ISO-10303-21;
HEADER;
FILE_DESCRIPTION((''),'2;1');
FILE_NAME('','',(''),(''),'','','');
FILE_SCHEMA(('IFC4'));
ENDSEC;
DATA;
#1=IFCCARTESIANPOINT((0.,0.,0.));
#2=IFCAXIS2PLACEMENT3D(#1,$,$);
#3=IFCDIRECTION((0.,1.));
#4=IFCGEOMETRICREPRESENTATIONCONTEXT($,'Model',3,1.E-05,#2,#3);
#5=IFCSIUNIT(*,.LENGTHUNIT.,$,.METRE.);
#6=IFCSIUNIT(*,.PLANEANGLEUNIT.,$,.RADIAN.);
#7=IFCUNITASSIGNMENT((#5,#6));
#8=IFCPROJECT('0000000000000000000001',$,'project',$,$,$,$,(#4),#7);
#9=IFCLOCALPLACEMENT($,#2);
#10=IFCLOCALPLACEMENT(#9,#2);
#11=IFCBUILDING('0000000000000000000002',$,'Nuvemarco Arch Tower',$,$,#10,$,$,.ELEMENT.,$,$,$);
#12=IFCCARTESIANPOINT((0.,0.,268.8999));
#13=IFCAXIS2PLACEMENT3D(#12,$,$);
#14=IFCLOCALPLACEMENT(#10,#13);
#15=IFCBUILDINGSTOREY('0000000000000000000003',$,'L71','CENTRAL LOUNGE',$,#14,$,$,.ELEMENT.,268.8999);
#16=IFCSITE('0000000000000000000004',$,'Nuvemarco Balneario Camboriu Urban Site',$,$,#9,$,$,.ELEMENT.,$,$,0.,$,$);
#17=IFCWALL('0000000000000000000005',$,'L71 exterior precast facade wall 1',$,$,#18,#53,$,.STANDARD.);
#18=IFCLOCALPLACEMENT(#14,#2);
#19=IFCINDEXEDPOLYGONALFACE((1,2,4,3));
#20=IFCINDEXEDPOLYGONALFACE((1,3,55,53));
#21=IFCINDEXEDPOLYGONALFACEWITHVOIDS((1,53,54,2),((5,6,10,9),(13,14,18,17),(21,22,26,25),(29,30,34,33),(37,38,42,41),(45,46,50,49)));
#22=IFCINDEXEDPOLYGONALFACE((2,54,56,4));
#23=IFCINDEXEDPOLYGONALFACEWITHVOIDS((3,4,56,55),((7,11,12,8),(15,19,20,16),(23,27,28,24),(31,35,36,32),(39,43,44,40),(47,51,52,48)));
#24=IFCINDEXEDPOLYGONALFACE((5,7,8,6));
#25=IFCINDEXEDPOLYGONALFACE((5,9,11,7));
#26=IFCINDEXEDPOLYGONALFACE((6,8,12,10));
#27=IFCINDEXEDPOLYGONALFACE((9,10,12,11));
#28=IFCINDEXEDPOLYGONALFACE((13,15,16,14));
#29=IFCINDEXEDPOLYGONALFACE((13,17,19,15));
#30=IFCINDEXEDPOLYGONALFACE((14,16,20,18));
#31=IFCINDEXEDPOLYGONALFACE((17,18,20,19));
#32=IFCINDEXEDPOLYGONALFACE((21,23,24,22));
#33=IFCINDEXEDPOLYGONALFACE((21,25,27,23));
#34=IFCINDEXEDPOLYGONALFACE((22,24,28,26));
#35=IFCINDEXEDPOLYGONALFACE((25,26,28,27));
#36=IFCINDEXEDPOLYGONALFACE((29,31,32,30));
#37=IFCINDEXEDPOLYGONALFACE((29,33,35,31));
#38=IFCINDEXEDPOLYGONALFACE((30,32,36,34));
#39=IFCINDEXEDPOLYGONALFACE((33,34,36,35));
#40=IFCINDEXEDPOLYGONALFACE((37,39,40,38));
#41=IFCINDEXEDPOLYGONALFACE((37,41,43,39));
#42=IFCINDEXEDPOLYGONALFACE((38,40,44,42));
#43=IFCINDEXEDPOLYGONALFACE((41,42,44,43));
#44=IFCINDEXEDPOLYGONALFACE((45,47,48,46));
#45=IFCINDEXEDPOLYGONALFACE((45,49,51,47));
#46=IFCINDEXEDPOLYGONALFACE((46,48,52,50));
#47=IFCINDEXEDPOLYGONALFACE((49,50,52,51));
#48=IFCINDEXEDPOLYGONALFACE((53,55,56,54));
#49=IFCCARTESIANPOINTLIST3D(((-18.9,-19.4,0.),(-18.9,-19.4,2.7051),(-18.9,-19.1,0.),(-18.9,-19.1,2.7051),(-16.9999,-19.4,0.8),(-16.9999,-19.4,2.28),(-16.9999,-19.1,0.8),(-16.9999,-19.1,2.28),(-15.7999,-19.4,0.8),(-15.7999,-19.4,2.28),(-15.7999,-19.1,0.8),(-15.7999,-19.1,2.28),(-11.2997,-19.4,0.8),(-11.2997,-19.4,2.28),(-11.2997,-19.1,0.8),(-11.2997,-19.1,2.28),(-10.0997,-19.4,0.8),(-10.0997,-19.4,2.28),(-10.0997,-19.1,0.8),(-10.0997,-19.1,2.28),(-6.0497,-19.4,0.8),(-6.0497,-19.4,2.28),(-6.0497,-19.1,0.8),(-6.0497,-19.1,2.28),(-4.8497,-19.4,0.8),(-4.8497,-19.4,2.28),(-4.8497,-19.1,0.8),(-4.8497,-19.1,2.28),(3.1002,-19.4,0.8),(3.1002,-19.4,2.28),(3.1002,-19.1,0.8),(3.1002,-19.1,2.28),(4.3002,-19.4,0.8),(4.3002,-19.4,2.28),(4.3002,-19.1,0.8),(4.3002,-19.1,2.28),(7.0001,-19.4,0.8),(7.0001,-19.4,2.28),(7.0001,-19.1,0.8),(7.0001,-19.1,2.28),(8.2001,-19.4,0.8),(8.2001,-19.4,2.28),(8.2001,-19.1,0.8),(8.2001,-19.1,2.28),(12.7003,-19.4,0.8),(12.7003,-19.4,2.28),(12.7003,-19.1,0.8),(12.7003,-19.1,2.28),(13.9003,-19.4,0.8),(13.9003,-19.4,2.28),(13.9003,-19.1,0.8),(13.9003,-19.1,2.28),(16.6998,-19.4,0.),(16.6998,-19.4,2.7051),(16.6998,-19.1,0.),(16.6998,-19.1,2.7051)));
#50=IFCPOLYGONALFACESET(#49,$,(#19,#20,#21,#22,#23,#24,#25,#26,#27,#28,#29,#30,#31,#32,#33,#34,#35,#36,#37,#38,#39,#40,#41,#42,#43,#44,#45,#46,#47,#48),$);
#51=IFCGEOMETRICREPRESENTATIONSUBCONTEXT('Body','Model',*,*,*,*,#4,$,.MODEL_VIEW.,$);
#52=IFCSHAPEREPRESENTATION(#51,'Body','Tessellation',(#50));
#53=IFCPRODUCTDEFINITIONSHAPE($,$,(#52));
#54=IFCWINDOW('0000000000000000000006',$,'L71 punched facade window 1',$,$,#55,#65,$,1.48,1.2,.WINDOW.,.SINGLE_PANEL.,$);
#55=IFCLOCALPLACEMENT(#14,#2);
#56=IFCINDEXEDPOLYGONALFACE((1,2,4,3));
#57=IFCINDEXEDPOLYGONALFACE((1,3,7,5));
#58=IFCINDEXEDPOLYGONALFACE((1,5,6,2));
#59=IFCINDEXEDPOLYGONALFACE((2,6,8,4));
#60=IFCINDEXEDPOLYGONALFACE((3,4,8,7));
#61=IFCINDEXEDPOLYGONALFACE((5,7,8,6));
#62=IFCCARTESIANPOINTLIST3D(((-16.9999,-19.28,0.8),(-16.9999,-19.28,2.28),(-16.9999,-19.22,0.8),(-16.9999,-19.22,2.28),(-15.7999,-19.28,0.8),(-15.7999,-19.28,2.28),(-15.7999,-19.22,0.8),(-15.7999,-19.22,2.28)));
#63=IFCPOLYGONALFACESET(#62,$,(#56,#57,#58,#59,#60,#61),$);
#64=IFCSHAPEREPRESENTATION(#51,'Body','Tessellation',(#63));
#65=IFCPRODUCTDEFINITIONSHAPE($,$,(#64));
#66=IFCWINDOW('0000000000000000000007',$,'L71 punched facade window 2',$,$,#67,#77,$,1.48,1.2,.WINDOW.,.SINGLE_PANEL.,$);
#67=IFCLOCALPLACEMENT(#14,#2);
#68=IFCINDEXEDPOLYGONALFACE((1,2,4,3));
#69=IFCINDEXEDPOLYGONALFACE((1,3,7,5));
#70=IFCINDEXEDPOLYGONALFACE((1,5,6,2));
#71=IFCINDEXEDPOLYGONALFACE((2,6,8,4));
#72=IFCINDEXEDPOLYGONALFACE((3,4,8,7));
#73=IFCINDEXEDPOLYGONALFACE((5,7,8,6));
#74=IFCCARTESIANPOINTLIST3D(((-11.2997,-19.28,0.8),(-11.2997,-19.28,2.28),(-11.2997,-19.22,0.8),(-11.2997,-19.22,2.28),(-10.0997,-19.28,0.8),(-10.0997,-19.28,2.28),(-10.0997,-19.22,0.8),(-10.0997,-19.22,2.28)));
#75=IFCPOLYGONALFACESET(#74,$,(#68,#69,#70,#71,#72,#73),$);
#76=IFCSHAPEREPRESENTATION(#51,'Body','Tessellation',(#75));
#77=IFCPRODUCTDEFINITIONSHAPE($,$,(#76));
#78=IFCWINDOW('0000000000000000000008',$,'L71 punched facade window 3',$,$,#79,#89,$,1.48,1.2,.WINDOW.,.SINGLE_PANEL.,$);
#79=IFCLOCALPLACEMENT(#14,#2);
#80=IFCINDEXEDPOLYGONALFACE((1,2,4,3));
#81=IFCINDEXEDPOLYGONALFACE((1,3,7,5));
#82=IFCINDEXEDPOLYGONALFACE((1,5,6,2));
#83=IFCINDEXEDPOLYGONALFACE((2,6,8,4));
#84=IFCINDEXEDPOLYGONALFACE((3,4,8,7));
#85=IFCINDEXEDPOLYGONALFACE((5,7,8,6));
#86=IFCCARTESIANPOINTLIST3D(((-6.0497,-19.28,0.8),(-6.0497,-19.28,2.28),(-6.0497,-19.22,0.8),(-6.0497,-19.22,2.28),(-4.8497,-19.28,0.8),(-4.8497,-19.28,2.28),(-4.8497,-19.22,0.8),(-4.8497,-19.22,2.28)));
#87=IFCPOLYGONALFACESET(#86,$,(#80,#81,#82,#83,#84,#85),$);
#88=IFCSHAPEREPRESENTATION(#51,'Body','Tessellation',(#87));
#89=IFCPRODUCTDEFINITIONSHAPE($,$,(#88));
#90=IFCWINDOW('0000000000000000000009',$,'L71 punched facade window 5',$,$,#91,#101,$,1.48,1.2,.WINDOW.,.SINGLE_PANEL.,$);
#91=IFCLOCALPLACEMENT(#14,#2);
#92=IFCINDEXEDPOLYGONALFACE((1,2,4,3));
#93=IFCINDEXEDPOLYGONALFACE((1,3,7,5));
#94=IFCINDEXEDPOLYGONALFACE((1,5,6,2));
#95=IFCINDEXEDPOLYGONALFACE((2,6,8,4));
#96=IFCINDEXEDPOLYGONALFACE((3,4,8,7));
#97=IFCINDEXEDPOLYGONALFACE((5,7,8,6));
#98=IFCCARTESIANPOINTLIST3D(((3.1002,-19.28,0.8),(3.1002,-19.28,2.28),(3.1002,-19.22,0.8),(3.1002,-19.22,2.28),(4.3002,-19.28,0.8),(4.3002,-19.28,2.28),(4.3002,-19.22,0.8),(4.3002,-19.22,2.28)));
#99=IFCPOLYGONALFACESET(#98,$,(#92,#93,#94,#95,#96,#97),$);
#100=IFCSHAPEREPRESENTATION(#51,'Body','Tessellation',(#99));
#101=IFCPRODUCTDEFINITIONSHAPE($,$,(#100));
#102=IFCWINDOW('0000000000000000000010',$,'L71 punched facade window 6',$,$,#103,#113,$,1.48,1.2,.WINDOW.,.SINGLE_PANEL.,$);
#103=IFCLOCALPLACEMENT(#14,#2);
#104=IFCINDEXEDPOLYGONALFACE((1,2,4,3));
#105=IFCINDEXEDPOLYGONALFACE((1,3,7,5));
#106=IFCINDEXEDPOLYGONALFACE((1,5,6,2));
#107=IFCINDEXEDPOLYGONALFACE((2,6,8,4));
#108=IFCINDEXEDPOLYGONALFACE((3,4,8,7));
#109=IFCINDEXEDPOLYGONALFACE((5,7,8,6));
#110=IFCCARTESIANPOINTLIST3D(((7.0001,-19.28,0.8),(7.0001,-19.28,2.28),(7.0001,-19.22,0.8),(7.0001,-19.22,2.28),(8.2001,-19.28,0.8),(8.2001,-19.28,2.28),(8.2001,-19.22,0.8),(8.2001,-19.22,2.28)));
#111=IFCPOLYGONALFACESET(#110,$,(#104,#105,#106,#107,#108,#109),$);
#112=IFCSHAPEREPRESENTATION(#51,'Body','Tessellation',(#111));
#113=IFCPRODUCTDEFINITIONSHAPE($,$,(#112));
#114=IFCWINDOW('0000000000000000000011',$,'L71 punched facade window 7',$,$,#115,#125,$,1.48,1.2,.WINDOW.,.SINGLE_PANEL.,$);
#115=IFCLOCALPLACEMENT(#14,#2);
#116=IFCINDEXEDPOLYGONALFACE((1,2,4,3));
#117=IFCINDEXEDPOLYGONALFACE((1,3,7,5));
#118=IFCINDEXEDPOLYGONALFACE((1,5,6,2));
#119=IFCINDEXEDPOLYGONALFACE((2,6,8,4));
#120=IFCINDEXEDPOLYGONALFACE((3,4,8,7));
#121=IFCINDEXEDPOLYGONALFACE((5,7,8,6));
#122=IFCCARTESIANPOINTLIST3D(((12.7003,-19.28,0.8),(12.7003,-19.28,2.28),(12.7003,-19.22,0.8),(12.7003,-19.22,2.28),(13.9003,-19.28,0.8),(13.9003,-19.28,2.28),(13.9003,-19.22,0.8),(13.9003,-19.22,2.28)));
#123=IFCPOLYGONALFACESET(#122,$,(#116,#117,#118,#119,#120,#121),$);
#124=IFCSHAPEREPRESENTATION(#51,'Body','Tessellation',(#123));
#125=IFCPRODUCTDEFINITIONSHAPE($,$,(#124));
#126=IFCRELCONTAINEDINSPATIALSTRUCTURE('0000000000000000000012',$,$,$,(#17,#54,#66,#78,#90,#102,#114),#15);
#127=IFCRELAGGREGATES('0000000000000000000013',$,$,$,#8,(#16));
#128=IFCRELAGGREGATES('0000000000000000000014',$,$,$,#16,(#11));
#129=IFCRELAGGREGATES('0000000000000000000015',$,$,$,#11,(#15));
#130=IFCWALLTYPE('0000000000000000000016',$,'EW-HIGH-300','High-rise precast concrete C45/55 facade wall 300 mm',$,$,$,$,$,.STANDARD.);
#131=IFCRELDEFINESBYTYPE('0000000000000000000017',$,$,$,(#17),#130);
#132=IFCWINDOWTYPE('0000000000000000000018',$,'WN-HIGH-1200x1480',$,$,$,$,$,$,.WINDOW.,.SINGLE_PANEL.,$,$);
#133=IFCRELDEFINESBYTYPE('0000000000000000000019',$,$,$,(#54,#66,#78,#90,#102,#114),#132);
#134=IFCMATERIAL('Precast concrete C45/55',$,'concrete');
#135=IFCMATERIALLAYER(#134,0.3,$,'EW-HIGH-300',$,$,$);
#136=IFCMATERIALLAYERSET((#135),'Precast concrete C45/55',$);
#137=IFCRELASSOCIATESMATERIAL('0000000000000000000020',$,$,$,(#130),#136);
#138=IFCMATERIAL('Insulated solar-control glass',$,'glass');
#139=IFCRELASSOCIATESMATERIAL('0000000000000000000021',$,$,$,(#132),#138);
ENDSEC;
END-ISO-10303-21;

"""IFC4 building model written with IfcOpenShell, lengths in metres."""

from ifc_helpers import new_model, si_unit, direction, frame, frame_2d, origin, place, context, subcontext, project, spatial, rectangle, extrude, source, transform, mapped, material, layer, layer_set, type_object, type_shapes, element, fill, save


model = new_model("IFC4")

# Units and contexts
model_context = context("Model", 3, precision=1e-05, world=origin(), true_north=direction((0.0, 1.0)))
body_context = subcontext(model_context, "Body", "Model", "MODEL_VIEW")
ifc_project = project(units=[si_unit("LENGTHUNIT", "METRE"), si_unit("PLANEANGLEUNIT", "RADIAN")], contexts=[model_context])

# Site, building, storey
site_placement = place(None, origin())
site = spatial("IfcSite", under=ifc_project, at=site_placement, Name="Nuvemarco Balneario Camboriu Urban Site", CompositionType="ELEMENT", RefElevation=0.0)
building_placement = place(site_placement, origin())
building = spatial("IfcBuilding", under=site, at=building_placement, Name="Nuvemarco Arch Tower", CompositionType="ELEMENT")
storey_placement = place(building_placement, frame((0.0, 0.0, 268.8999)))
storey = spatial("IfcBuildingStorey", under=building, at=storey_placement, Name="L71", Description="CENTRAL LOUNGE", CompositionType="ELEMENT", Elevation=268.8999)

# Shared definitions
ifc_material_1 = material(Name="Precast concrete C45/55", Category="concrete")

# Wall, openings, windows
ifc_layer = layer(ifc_material_1, 0.3, Name="EW-HIGH-300")
ifc_layer_set = layer_set([ifc_layer], Name="Precast concrete C45/55")
wall_type = type_object("IfcWallType", Name="EW-HIGH-300", Description="High-rise precast concrete C45/55 facade wall 300 mm", PredefinedType="STANDARD", material=ifc_layer_set)
wall_1_placement = place(storey_placement, frame((-18.8999, -19.25, 0.0), z_axis=(0.0, 0.0, 1.0), x_axis=(1.0, 0.0, 0.0)))
wall_1 = element("IfcWall", 1, at=wall_1_placement, inside=storey, type_object=wall_type, Name="L71 exterior precast facade wall 1", PredefinedType="STANDARD", context=body_context, shape_type="SweptSolid", body=[
    extrude(rectangle(XDim=35.5999, YDim=0.3, at=frame_2d((17.7998, 0.0))), origin(), (0.0, 0.0, 1.0), 2.7051),
])
opening_1_placement = place(wall_1_placement, frame((1.8999, 0.0, 0.8)))
opening_1 = element("IfcOpeningElement", 2, at=opening_1_placement, cuts=wall_1, PredefinedType="OPENING", context=body_context, shape_type="SweptSolid", body=[
    extrude(rectangle(XDim=1.2, YDim=1.48, at=frame_2d((0.6001, 0.74))), frame((0.0, 0.1599, 0.0), z_axis=(0.0, -1.0, 0.0), x_axis=(1.0, 0.0, 0.0)), (0.0, 0.0, 1.0), 0.3201),
])
opening_2_placement = place(wall_1_placement, frame((7.6001, 0.0, 0.8)))
opening_2 = element("IfcOpeningElement", 3, at=opening_2_placement, cuts=wall_1, PredefinedType="OPENING", context=body_context, shape_type="SweptSolid", body=[
    extrude(rectangle(XDim=1.2, YDim=1.48, at=frame_2d((0.6001, 0.74))), frame((0.0, 0.1599, 0.0), z_axis=(0.0, -1.0, 0.0), x_axis=(1.0, 0.0, 0.0)), (0.0, 0.0, 1.0), 0.3201),
])
opening_3_placement = place(wall_1_placement, frame((12.8501, 0.0, 0.8)))
opening_3 = element("IfcOpeningElement", 4, at=opening_3_placement, cuts=wall_1, PredefinedType="OPENING", context=body_context, shape_type="SweptSolid", body=[
    extrude(rectangle(XDim=1.2, YDim=1.48, at=frame_2d((0.6001, 0.74))), frame((0.0, 0.1599, 0.0), z_axis=(0.0, -1.0, 0.0), x_axis=(1.0, 0.0, 0.0)), (0.0, 0.0, 1.0), 0.3201),
])
opening_4_placement = place(wall_1_placement, frame((22.0, 0.0, 0.8)))
opening_4 = element("IfcOpeningElement", 5, at=opening_4_placement, cuts=wall_1, PredefinedType="OPENING", context=body_context, shape_type="SweptSolid", body=[
    extrude(rectangle(XDim=1.2, YDim=1.48, at=frame_2d((0.6001, 0.74))), frame((0.0, 0.1599, 0.0), z_axis=(0.0, -1.0, 0.0), x_axis=(1.0, 0.0, 0.0)), (0.0, 0.0, 1.0), 0.3201),
])
opening_5_placement = place(wall_1_placement, frame((25.8999, 0.0, 0.8)))
opening_5 = element("IfcOpeningElement", 6, at=opening_5_placement, cuts=wall_1, PredefinedType="OPENING", context=body_context, shape_type="SweptSolid", body=[
    extrude(rectangle(XDim=1.2, YDim=1.48, at=frame_2d((0.6001, 0.74))), frame((0.0, 0.1599, 0.0), z_axis=(0.0, -1.0, 0.0), x_axis=(1.0, 0.0, 0.0)), (0.0, 0.0, 1.0), 0.3201),
])
opening_6_placement = place(wall_1_placement, frame((31.6001, 0.0, 0.8)))
opening_6 = element("IfcOpeningElement", 7, at=opening_6_placement, cuts=wall_1, PredefinedType="OPENING", context=body_context, shape_type="SweptSolid", body=[
    extrude(rectangle(XDim=1.2, YDim=1.48, at=frame_2d((0.6001, 0.74))), frame((0.0, 0.1599, 0.0), z_axis=(0.0, -1.0, 0.0), x_axis=(1.0, 0.0, 0.0)), (0.0, 0.0, 1.0), 0.3201),
])
ifc_material_2 = material(Name="Insulated solar-control glass", Category="glass")
window_type_1 = type_object("IfcWindowType", Name="WN-HIGH-1200x1480", PartitioningType="SINGLE_PANEL", PredefinedType="WINDOW", material=ifc_material_2)
shared_shape_1 = source(origin(), body_context, "Body", "SweptSolid", [
    extrude(rectangle(XDim=1.2, YDim=1.48, at=frame_2d((0.6001, 0.74))), frame((0.0, 0.03, 0.0), z_axis=(0.0, -1.0, 0.0), x_axis=(1.0, 0.0, 0.0)), (0.0, 0.0, 1.0), 0.0601),
])
type_shapes(window_type_1, [shared_shape_1])
window_1_placement = place(opening_1_placement, origin())
window_1 = element("IfcWindow", 8, at=window_1_placement, inside=storey, type_object=window_type_1, Name="L71 punched facade window 1", OverallHeight=1.48, OverallWidth=1.2, PartitioningType="SINGLE_PANEL", PredefinedType="WINDOW", context=body_context, shape_type="MappedRepresentation", body=[
    mapped(shared_shape_1, transform((0.0, 0.0, 0.0), scale=1.0)),
])
fill(opening_1, window_1)
window_2_placement = place(opening_2_placement, origin())
window_2 = element("IfcWindow", 9, at=window_2_placement, inside=storey, type_object=window_type_1, Name="L71 punched facade window 2", OverallHeight=1.48, OverallWidth=1.2, PartitioningType="SINGLE_PANEL", PredefinedType="WINDOW", context=body_context, shape_type="MappedRepresentation", body=[
    mapped(shared_shape_1, transform((0.0, 0.0, 0.0), scale=1.0)),
])
fill(opening_2, window_2)
window_3_placement = place(opening_3_placement, origin())
window_3 = element("IfcWindow", 10, at=window_3_placement, inside=storey, type_object=window_type_1, Name="L71 punched facade window 3", OverallHeight=1.48, OverallWidth=1.2, PartitioningType="SINGLE_PANEL", PredefinedType="WINDOW", context=body_context, shape_type="MappedRepresentation", body=[
    mapped(shared_shape_1, transform((0.0, 0.0, 0.0), scale=1.0)),
])
fill(opening_3, window_3)
window_4_placement = place(opening_4_placement, origin())
window_4 = element("IfcWindow", 11, at=window_4_placement, inside=storey, type_object=window_type_1, Name="L71 punched facade window 5", OverallHeight=1.48, OverallWidth=1.2, PartitioningType="SINGLE_PANEL", PredefinedType="WINDOW", context=body_context, shape_type="MappedRepresentation", body=[
    mapped(shared_shape_1, transform((0.0, 0.0, 0.0), scale=1.0)),
])
fill(opening_4, window_4)
window_5_placement = place(opening_5_placement, origin())
window_5 = element("IfcWindow", 12, at=window_5_placement, inside=storey, type_object=window_type_1, Name="L71 punched facade window 6", OverallHeight=1.48, OverallWidth=1.2, PartitioningType="SINGLE_PANEL", PredefinedType="WINDOW", context=body_context, shape_type="MappedRepresentation", body=[
    mapped(shared_shape_1, transform((0.0, 0.0, 0.0), scale=1.0)),
])
fill(opening_5, window_5)
window_6_placement = place(opening_6_placement, origin())
window_6 = element("IfcWindow", 13, at=window_6_placement, inside=storey, type_object=window_type_1, Name="L71 punched facade window 7", OverallHeight=1.48, OverallWidth=1.2, PartitioningType="SINGLE_PANEL", PredefinedType="WINDOW", context=body_context, shape_type="MappedRepresentation", body=[
    mapped(shared_shape_1, transform((0.0, 0.0, 0.0), scale=1.0)),
])
fill(opening_6, window_6)

save(model, "model.ifc")
